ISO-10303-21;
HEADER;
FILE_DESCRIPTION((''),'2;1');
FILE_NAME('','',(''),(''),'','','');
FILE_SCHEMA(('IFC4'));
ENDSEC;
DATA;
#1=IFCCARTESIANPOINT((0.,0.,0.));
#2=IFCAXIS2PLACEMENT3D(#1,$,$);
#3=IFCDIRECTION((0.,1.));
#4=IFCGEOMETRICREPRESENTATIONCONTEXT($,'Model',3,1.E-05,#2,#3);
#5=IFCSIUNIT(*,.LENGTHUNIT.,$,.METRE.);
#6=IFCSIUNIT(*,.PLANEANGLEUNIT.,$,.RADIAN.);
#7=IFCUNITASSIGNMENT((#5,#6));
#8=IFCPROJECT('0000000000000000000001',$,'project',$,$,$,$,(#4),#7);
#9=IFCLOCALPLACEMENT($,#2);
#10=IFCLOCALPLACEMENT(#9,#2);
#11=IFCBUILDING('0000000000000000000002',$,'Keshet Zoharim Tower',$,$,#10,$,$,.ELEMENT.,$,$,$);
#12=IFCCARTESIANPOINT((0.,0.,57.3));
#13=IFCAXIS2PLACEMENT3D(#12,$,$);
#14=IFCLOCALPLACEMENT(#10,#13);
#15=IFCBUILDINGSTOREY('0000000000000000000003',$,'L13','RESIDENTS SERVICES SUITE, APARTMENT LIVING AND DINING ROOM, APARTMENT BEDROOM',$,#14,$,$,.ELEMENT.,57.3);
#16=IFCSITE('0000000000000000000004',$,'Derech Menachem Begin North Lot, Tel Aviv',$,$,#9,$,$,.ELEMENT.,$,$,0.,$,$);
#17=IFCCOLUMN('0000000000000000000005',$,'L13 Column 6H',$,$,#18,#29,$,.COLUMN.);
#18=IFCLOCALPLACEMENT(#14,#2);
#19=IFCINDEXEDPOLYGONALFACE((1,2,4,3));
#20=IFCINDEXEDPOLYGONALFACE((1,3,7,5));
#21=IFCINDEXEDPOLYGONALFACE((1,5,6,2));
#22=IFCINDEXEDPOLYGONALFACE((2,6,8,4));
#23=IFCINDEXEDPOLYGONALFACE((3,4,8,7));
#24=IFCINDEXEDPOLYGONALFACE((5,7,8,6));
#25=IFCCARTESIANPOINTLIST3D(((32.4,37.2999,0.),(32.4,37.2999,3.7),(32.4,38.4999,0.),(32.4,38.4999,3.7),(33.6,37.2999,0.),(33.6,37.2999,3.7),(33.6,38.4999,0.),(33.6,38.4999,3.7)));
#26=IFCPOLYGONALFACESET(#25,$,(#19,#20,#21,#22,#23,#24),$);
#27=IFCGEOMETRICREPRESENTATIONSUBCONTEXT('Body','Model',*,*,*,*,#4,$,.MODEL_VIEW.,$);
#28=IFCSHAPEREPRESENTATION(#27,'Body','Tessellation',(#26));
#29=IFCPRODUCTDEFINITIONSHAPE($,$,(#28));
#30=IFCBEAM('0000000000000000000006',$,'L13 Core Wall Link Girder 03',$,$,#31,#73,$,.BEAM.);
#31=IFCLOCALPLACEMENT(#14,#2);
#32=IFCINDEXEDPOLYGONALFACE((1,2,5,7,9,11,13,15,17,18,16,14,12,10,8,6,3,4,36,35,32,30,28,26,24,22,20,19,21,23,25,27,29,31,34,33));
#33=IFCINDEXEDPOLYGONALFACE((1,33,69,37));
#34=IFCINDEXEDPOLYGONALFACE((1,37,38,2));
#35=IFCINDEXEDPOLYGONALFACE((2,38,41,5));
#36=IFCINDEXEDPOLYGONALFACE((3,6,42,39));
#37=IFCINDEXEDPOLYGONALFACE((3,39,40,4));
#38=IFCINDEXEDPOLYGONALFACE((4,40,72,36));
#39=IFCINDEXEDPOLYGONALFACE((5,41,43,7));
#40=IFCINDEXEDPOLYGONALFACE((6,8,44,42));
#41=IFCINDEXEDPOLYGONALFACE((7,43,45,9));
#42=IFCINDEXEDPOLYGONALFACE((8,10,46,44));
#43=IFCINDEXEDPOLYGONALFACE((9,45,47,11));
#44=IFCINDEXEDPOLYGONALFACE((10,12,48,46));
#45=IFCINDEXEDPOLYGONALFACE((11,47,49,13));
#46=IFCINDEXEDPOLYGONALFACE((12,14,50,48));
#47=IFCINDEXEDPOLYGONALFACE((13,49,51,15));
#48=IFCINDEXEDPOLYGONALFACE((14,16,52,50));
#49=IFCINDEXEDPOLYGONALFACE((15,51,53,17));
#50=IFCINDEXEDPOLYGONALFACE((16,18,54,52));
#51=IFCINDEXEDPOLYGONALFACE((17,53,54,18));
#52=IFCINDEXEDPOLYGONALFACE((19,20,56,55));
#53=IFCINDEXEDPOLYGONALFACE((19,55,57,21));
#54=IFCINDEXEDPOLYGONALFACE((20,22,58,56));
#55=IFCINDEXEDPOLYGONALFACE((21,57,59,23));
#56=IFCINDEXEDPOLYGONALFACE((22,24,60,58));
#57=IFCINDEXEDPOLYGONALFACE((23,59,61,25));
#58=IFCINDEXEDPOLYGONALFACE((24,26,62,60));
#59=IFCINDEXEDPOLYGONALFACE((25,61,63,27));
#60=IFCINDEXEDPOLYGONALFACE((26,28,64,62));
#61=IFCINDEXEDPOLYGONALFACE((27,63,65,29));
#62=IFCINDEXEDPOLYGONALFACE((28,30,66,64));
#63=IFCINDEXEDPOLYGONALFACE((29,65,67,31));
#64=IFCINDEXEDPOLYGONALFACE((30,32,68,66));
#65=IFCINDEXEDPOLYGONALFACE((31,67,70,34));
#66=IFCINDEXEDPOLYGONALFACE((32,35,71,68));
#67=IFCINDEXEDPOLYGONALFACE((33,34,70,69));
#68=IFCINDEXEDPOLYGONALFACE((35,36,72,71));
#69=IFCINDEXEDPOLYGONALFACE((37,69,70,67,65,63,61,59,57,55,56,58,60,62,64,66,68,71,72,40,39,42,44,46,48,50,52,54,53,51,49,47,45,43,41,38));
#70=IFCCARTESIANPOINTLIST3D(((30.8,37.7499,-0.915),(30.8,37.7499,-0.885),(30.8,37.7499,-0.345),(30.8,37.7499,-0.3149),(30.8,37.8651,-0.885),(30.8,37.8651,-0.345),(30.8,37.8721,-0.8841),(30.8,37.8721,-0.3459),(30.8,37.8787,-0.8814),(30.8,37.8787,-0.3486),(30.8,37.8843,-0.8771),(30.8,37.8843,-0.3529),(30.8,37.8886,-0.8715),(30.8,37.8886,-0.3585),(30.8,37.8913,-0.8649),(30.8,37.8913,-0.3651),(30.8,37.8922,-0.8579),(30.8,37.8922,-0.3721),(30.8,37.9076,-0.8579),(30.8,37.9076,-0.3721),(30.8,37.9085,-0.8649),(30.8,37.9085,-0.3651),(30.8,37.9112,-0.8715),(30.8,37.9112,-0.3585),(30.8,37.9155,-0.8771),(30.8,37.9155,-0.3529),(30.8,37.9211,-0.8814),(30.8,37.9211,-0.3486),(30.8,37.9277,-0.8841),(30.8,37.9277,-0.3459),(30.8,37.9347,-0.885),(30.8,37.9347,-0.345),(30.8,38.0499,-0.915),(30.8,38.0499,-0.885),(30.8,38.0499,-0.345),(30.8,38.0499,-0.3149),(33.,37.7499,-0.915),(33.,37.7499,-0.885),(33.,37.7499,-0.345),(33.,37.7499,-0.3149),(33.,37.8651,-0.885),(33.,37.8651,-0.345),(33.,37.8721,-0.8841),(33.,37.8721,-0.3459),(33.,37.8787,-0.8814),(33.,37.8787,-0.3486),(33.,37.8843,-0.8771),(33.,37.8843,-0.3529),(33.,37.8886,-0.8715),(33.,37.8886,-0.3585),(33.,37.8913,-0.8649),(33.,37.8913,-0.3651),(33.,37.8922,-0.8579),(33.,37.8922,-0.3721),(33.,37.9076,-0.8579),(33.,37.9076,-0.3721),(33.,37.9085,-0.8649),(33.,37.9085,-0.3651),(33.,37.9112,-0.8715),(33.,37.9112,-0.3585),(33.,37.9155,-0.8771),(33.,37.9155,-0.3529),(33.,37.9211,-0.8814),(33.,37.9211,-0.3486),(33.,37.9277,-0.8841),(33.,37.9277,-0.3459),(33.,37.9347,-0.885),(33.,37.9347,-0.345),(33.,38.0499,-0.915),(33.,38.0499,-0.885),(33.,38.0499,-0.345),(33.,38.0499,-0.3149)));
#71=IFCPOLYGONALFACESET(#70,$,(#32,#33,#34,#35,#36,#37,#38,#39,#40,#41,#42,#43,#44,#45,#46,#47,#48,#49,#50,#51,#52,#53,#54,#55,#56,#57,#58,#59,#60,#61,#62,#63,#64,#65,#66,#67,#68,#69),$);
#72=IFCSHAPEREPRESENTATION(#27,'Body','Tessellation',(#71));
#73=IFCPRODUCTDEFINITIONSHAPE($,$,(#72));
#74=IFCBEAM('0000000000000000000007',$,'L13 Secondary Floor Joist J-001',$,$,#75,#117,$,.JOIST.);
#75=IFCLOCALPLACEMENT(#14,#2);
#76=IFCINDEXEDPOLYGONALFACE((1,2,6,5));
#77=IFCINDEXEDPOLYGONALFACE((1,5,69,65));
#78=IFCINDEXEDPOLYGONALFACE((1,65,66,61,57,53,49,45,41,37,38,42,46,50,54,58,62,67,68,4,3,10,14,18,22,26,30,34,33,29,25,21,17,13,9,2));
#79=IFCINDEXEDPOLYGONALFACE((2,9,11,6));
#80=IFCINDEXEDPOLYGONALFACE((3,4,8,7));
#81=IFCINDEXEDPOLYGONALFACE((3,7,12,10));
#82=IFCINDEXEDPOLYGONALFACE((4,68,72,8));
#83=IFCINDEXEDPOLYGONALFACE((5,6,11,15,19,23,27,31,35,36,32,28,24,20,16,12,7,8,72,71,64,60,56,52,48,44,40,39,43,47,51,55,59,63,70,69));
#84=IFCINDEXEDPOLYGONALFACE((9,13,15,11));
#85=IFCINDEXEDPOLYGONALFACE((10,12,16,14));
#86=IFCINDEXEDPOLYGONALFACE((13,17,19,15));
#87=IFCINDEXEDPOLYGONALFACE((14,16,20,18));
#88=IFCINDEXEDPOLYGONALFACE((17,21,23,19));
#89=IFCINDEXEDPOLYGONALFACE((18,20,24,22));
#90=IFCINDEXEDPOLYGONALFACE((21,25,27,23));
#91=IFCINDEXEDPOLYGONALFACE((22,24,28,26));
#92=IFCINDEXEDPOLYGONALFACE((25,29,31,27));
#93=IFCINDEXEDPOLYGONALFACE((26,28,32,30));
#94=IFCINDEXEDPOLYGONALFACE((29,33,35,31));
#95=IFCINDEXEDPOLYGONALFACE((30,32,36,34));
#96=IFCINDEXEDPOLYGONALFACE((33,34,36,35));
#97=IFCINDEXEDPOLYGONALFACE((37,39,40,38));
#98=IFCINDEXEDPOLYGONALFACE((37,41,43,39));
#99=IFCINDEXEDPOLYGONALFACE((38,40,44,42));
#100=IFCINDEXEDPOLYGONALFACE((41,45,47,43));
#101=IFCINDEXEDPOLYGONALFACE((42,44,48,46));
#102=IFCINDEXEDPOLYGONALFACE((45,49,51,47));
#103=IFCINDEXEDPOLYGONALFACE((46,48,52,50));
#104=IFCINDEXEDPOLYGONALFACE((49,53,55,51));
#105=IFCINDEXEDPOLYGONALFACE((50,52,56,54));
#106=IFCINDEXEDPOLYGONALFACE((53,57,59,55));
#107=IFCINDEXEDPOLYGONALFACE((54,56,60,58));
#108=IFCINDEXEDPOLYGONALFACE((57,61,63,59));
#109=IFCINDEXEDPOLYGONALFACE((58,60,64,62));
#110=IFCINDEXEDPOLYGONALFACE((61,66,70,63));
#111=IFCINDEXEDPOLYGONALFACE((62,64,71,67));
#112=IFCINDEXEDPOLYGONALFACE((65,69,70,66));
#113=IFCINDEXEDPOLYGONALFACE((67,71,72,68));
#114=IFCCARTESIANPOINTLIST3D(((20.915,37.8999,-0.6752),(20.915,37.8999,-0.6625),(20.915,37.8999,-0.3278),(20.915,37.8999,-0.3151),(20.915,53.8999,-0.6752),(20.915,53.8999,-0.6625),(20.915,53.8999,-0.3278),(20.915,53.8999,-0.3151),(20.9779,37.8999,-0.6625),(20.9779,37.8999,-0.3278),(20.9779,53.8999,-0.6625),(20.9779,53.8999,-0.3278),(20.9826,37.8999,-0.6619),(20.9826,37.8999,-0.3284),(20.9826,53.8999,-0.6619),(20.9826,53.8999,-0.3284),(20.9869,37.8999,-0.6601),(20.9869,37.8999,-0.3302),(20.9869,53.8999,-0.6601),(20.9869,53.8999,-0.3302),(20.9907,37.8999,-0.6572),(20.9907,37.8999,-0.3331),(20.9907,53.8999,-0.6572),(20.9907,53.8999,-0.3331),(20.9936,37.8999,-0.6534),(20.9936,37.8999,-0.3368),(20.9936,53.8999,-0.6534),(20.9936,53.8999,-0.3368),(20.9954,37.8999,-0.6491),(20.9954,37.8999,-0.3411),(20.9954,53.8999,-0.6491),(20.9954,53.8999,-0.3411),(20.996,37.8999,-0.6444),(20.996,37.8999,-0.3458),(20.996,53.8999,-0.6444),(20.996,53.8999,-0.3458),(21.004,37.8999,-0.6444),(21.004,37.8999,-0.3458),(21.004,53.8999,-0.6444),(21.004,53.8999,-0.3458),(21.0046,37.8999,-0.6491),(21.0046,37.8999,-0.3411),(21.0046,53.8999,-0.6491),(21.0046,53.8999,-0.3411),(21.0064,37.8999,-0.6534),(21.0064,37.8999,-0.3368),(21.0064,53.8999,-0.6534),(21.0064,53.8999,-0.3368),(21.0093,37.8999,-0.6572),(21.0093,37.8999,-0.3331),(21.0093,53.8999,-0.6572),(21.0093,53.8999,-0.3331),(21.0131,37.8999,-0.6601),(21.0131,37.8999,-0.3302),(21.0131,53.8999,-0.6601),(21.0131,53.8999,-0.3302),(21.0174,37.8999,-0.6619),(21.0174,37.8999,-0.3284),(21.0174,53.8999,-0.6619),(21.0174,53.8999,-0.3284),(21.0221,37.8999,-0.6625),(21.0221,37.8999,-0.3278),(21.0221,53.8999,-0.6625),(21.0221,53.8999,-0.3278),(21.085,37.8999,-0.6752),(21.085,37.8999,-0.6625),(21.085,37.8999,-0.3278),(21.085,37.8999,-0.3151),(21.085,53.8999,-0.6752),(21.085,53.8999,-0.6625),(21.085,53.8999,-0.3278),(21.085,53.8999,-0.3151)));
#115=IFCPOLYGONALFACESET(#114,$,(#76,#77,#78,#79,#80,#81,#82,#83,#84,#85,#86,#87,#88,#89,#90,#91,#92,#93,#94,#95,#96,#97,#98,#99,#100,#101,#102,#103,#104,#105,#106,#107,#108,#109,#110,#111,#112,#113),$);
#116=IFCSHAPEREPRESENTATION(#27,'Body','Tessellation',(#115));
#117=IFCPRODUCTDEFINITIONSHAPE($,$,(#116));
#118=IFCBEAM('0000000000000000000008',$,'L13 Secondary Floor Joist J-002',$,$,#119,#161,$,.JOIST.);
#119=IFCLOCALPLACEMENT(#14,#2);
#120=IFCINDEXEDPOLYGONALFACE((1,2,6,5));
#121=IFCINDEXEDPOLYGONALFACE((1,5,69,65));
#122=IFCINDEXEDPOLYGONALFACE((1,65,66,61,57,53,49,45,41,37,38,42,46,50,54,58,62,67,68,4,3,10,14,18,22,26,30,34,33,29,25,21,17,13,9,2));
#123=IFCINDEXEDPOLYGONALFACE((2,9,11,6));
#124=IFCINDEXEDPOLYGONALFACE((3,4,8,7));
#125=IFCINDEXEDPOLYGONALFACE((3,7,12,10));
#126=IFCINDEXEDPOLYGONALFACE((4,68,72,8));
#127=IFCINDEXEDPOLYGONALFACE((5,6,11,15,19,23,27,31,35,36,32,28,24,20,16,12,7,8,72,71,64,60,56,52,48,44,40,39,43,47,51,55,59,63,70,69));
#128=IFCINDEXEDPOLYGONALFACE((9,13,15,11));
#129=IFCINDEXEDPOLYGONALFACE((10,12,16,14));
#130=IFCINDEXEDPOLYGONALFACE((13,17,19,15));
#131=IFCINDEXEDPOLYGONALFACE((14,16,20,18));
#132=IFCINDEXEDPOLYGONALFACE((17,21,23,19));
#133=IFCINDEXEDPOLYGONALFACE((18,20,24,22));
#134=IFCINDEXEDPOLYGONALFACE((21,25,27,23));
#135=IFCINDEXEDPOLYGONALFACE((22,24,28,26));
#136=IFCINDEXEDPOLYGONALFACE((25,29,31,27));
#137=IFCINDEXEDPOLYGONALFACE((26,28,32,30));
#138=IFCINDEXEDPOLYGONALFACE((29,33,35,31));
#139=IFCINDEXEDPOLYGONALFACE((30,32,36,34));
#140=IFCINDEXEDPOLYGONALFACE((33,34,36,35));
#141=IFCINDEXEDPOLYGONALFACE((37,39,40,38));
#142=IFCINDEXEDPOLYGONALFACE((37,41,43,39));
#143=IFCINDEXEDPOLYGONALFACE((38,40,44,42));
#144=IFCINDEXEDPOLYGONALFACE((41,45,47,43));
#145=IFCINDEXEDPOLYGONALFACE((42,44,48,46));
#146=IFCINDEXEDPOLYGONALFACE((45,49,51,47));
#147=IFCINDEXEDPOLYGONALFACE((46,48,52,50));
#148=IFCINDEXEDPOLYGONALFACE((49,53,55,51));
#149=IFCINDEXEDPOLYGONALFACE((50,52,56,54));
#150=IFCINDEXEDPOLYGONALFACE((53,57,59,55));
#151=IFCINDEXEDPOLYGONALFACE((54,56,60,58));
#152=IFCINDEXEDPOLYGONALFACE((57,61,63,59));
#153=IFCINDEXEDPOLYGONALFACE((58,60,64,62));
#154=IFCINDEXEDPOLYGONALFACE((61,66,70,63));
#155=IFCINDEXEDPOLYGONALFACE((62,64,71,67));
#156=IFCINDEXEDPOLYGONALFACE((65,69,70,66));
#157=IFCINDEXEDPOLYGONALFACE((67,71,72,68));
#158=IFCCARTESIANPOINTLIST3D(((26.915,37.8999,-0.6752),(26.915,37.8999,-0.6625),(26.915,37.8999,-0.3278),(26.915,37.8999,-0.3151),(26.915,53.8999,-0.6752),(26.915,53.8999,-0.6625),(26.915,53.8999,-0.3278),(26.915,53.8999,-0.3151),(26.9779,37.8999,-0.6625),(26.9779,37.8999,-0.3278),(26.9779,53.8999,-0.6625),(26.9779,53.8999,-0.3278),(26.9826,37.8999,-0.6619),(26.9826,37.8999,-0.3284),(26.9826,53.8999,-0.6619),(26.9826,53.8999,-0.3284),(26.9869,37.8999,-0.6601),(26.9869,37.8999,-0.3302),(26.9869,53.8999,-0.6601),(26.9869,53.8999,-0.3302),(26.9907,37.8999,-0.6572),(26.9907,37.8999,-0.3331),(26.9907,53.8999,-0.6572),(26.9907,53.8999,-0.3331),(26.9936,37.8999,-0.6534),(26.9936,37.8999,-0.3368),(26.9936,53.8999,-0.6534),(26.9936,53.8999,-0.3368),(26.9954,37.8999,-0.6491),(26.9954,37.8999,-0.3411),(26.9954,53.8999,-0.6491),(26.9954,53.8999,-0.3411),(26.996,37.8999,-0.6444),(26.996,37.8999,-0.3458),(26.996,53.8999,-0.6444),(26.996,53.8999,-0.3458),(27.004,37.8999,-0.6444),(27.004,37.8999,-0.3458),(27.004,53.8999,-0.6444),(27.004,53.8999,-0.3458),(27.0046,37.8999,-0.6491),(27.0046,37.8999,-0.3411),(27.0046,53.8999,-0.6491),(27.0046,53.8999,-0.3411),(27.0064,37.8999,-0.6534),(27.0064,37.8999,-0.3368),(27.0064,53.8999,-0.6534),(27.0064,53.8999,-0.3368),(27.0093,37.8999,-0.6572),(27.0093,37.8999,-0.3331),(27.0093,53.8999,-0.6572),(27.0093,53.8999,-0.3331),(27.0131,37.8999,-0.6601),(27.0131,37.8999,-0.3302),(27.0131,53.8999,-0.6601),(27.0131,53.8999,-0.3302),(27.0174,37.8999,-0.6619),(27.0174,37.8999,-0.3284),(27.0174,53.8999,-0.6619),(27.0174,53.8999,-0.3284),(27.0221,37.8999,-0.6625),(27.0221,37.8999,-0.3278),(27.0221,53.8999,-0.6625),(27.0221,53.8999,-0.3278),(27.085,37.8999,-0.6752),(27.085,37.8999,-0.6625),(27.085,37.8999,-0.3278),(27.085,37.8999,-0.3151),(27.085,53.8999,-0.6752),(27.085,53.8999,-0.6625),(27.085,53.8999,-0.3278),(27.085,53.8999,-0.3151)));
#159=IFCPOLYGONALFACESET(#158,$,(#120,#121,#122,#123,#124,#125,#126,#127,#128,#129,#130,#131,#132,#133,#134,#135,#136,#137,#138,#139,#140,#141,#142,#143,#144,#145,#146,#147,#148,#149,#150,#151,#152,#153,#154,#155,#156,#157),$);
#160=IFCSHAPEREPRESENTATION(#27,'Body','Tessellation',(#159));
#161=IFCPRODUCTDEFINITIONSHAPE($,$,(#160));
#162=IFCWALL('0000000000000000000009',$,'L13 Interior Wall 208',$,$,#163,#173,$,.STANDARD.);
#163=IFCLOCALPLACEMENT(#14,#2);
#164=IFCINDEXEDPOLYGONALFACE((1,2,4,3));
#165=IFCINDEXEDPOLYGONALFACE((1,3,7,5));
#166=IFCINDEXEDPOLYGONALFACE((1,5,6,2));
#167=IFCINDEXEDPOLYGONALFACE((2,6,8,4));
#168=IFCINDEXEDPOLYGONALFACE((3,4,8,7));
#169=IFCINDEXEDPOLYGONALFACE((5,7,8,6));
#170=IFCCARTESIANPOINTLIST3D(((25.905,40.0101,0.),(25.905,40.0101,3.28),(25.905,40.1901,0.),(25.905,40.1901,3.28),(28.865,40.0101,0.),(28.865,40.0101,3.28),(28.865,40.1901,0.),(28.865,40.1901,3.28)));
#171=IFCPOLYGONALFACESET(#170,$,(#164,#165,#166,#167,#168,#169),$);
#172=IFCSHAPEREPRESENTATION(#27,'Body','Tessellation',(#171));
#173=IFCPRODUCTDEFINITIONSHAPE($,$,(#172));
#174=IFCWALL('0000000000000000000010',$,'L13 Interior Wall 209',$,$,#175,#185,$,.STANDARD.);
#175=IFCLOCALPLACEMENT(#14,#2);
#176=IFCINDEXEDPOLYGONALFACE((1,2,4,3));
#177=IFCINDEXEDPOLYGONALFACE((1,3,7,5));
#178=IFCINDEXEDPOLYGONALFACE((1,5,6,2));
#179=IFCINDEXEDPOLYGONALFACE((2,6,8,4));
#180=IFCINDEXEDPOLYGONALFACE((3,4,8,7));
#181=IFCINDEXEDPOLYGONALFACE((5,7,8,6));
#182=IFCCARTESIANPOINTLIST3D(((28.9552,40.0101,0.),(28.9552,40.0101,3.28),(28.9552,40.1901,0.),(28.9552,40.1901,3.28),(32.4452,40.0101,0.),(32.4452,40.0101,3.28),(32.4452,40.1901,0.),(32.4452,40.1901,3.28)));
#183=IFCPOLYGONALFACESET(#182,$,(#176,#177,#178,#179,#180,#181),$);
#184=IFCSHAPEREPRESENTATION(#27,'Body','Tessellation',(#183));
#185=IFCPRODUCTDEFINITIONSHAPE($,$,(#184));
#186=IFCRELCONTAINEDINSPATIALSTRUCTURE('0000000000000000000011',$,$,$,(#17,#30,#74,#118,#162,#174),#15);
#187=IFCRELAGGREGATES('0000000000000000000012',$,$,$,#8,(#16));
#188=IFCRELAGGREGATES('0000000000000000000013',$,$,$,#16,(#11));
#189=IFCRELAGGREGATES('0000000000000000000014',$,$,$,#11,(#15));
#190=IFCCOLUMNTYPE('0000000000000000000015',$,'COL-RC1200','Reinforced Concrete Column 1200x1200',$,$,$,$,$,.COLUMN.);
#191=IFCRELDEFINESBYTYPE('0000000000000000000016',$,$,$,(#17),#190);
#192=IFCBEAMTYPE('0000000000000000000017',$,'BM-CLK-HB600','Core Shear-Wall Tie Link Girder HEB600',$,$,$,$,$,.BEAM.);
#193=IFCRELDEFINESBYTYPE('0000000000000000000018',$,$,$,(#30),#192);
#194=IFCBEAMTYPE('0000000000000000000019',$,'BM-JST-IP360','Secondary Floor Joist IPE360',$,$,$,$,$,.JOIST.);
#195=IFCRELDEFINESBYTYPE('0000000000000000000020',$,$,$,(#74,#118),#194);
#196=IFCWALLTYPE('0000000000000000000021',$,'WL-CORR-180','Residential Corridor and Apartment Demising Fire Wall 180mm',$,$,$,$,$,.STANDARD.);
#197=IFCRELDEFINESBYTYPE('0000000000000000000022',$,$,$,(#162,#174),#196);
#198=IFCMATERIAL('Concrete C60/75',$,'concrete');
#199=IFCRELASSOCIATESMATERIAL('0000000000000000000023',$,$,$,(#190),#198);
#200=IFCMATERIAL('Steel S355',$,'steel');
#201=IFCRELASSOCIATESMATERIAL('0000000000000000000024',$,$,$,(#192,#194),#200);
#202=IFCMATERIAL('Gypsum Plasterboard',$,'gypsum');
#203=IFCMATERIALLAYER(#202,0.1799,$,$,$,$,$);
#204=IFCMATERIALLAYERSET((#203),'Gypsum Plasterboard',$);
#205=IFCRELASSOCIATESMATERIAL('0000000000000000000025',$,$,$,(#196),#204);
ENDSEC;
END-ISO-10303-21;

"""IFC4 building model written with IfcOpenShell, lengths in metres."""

from ifc_helpers import new_model, si_unit, direction, frame, frame_2d, origin, origin_2d, place, context, subcontext, project, spatial, rectangle, i_section, extrude, material, layer, layer_set, material_profile, profile_set, type_object, element, save


model = new_model("IFC4")

# Units and contexts
model_context = context("Model", 3, precision=1e-05, world=origin(), true_north=direction((0.0, 1.0)))
body_context = subcontext(model_context, "Body", "Model", "MODEL_VIEW")
ifc_project = project(units=[si_unit("LENGTHUNIT", "METRE"), si_unit("PLANEANGLEUNIT", "RADIAN")], contexts=[model_context])

# Site, building, storey
site_placement = place(None, origin())
site = spatial("IfcSite", under=ifc_project, at=site_placement, Name="Derech Menachem Begin North Lot, Tel Aviv", CompositionType="ELEMENT", RefElevation=0.0)
building_placement = place(site_placement, origin())
building = spatial("IfcBuilding", under=site, at=building_placement, Name="Keshet Zoharim Tower", CompositionType="ELEMENT")
storey_placement = place(building_placement, frame((0.0, 0.0, 57.3)))
storey = spatial("IfcBuildingStorey", under=building, at=storey_placement, Name="L13", Description="RESIDENTS SERVICES SUITE, APARTMENT LIVING AND DINING ROOM, APARTMENT BEDROOM", CompositionType="ELEMENT", Elevation=57.3)

# Column
ifc_material_1 = material(Name="Concrete C60/75", Category="concrete")
ifc_material_profile_1 = material_profile(ifc_material_1, rectangle(XDim=1.2, YDim=1.2, at=origin_2d()), Name="RC1200x1200")
ifc_profile_set_1 = profile_set([ifc_material_profile_1], Name="Concrete C60/75")
column_type = type_object("IfcColumnType", Name="COL-RC1200", Description="Reinforced Concrete Column 1200x1200", PredefinedType="COLUMN", material=ifc_profile_set_1)
column_placement = place(storey_placement, frame((33.0, 37.8999, 0.0), z_axis=(0.0, 0.0, 1.0), x_axis=(1.0, 0.0, 0.0)))
element("IfcColumn", 1, at=column_placement, inside=storey, type_object=column_type, Name="L13 Column 6H", PredefinedType="COLUMN", context=body_context, shape_type="SweptSolid", body=[
    extrude(rectangle(XDim=1.2, YDim=1.2, at=origin_2d()), origin(), (0.0, 0.0, 1.0), 3.7),
])

# Beams
ifc_material_2 = material(Name="Steel S355", Category="steel")
ifc_material_profile_2 = material_profile(ifc_material_2, i_section(OverallWidth=0.3, OverallDepth=0.6001, WebThickness=0.0154, FlangeThickness=0.03, FilletRadius=0.0271, at=origin_2d()), Name="HEB600")
ifc_profile_set_2 = profile_set([ifc_material_profile_2], Name="Steel S355")
beam_type_1 = type_object("IfcBeamType", Name="BM-CLK-HB600", Description="Core Shear-Wall Tie Link Girder HEB600", PredefinedType="BEAM", material=ifc_profile_set_2)
beam_placement = place(storey_placement, frame((30.8, 37.8999, -0.615), z_axis=(1.0, 0.0, 0.0), x_axis=(0.0, 1.0, 0.0)))
element("IfcBeam", 2, at=beam_placement, inside=storey, type_object=beam_type_1, Name="L13 Core Wall Link Girder 03", PredefinedType="BEAM", context=body_context, shape_type="SweptSolid", body=[
    extrude(i_section(OverallWidth=0.3, OverallDepth=0.6001, WebThickness=0.0154, FlangeThickness=0.03, FilletRadius=0.0271, at=origin_2d()), origin(), (0.0, 0.0, 1.0), 2.2),
])
ifc_material_profile_3 = material_profile(ifc_material_2, i_section(OverallWidth=0.1699, OverallDepth=0.3601, WebThickness=0.0081, FlangeThickness=0.0127, FilletRadius=0.0181, at=origin_2d()), Name="IPE360")
ifc_profile_set_3 = profile_set([ifc_material_profile_3], Name="Steel S355")
beam_type_2 = type_object("IfcBeamType", Name="BM-JST-IP360", Description="Secondary Floor Joist IPE360", PredefinedType="JOIST", material=ifc_profile_set_3)
for number, where, z_axis, x_axis, name in (
    (3, (21.0, 37.8999, -0.4951), (0.0, 1.0, 0.0), (-1.0, 0.0, 0.0), "L13 Secondary Floor Joist J-001"),
    (4, (27.0, 37.8999, -0.4951), (0.0, 1.0, 0.0), (-1.0, 0.0, 0.0), "L13 Secondary Floor Joist J-002"),
):
    element("IfcBeam", number, at=place(storey_placement, frame(where, z_axis=z_axis, x_axis=x_axis)), inside=storey, type_object=beam_type_2, Name=name, PredefinedType="JOIST", context=body_context, shape_type="SweptSolid", body=[
        extrude(i_section(OverallWidth=0.1699, OverallDepth=0.3601, WebThickness=0.0081, FlangeThickness=0.0127, FilletRadius=0.0181, at=origin_2d()), origin(), (0.0, 0.0, 1.0), 16.0),
    ])

# Shared definitions
ifc_material_3 = material(Name="Gypsum Plasterboard", Category="gypsum")
ifc_layer_1 = layer(ifc_material_3, 0.1799)
ifc_layer_set_1 = layer_set([ifc_layer_1], Name="Gypsum Plasterboard")
wall_type_1 = type_object("IfcWallType", Name="WL-CORR-180", Description="Residential Corridor and Apartment Demising Fire Wall 180mm", PredefinedType="STANDARD", material=ifc_layer_set_1)

# Walls
wall_1_placement = place(storey_placement, frame((25.905, 40.1001, 0.0), z_axis=(0.0, 0.0, 1.0), x_axis=(1.0, 0.0, 0.0)))
element("IfcWall", 5, at=wall_1_placement, inside=storey, type_object=wall_type_1, Name="L13 Interior Wall 208", PredefinedType="STANDARD", context=body_context, shape_type="SweptSolid", body=[
    extrude(rectangle(XDim=2.96, YDim=0.1799, at=frame_2d((1.48, 0.0))), origin(), (0.0, 0.0, 1.0), 3.28),
])
wall_2_placement = place(storey_placement, frame((28.9551, 40.1001, 0.0), z_axis=(0.0, 0.0, 1.0), x_axis=(1.0, 0.0, 0.0)))
element("IfcWall", 6, at=wall_2_placement, inside=storey, type_object=wall_type_1, Name="L13 Interior Wall 209", PredefinedType="STANDARD", context=body_context, shape_type="SweptSolid", body=[
    extrude(rectangle(XDim=3.49, YDim=0.1799, at=frame_2d((1.7451, 0.0))), origin(), (0.0, 0.0, 1.0), 3.28),
])

save(model, "model.ifc")
